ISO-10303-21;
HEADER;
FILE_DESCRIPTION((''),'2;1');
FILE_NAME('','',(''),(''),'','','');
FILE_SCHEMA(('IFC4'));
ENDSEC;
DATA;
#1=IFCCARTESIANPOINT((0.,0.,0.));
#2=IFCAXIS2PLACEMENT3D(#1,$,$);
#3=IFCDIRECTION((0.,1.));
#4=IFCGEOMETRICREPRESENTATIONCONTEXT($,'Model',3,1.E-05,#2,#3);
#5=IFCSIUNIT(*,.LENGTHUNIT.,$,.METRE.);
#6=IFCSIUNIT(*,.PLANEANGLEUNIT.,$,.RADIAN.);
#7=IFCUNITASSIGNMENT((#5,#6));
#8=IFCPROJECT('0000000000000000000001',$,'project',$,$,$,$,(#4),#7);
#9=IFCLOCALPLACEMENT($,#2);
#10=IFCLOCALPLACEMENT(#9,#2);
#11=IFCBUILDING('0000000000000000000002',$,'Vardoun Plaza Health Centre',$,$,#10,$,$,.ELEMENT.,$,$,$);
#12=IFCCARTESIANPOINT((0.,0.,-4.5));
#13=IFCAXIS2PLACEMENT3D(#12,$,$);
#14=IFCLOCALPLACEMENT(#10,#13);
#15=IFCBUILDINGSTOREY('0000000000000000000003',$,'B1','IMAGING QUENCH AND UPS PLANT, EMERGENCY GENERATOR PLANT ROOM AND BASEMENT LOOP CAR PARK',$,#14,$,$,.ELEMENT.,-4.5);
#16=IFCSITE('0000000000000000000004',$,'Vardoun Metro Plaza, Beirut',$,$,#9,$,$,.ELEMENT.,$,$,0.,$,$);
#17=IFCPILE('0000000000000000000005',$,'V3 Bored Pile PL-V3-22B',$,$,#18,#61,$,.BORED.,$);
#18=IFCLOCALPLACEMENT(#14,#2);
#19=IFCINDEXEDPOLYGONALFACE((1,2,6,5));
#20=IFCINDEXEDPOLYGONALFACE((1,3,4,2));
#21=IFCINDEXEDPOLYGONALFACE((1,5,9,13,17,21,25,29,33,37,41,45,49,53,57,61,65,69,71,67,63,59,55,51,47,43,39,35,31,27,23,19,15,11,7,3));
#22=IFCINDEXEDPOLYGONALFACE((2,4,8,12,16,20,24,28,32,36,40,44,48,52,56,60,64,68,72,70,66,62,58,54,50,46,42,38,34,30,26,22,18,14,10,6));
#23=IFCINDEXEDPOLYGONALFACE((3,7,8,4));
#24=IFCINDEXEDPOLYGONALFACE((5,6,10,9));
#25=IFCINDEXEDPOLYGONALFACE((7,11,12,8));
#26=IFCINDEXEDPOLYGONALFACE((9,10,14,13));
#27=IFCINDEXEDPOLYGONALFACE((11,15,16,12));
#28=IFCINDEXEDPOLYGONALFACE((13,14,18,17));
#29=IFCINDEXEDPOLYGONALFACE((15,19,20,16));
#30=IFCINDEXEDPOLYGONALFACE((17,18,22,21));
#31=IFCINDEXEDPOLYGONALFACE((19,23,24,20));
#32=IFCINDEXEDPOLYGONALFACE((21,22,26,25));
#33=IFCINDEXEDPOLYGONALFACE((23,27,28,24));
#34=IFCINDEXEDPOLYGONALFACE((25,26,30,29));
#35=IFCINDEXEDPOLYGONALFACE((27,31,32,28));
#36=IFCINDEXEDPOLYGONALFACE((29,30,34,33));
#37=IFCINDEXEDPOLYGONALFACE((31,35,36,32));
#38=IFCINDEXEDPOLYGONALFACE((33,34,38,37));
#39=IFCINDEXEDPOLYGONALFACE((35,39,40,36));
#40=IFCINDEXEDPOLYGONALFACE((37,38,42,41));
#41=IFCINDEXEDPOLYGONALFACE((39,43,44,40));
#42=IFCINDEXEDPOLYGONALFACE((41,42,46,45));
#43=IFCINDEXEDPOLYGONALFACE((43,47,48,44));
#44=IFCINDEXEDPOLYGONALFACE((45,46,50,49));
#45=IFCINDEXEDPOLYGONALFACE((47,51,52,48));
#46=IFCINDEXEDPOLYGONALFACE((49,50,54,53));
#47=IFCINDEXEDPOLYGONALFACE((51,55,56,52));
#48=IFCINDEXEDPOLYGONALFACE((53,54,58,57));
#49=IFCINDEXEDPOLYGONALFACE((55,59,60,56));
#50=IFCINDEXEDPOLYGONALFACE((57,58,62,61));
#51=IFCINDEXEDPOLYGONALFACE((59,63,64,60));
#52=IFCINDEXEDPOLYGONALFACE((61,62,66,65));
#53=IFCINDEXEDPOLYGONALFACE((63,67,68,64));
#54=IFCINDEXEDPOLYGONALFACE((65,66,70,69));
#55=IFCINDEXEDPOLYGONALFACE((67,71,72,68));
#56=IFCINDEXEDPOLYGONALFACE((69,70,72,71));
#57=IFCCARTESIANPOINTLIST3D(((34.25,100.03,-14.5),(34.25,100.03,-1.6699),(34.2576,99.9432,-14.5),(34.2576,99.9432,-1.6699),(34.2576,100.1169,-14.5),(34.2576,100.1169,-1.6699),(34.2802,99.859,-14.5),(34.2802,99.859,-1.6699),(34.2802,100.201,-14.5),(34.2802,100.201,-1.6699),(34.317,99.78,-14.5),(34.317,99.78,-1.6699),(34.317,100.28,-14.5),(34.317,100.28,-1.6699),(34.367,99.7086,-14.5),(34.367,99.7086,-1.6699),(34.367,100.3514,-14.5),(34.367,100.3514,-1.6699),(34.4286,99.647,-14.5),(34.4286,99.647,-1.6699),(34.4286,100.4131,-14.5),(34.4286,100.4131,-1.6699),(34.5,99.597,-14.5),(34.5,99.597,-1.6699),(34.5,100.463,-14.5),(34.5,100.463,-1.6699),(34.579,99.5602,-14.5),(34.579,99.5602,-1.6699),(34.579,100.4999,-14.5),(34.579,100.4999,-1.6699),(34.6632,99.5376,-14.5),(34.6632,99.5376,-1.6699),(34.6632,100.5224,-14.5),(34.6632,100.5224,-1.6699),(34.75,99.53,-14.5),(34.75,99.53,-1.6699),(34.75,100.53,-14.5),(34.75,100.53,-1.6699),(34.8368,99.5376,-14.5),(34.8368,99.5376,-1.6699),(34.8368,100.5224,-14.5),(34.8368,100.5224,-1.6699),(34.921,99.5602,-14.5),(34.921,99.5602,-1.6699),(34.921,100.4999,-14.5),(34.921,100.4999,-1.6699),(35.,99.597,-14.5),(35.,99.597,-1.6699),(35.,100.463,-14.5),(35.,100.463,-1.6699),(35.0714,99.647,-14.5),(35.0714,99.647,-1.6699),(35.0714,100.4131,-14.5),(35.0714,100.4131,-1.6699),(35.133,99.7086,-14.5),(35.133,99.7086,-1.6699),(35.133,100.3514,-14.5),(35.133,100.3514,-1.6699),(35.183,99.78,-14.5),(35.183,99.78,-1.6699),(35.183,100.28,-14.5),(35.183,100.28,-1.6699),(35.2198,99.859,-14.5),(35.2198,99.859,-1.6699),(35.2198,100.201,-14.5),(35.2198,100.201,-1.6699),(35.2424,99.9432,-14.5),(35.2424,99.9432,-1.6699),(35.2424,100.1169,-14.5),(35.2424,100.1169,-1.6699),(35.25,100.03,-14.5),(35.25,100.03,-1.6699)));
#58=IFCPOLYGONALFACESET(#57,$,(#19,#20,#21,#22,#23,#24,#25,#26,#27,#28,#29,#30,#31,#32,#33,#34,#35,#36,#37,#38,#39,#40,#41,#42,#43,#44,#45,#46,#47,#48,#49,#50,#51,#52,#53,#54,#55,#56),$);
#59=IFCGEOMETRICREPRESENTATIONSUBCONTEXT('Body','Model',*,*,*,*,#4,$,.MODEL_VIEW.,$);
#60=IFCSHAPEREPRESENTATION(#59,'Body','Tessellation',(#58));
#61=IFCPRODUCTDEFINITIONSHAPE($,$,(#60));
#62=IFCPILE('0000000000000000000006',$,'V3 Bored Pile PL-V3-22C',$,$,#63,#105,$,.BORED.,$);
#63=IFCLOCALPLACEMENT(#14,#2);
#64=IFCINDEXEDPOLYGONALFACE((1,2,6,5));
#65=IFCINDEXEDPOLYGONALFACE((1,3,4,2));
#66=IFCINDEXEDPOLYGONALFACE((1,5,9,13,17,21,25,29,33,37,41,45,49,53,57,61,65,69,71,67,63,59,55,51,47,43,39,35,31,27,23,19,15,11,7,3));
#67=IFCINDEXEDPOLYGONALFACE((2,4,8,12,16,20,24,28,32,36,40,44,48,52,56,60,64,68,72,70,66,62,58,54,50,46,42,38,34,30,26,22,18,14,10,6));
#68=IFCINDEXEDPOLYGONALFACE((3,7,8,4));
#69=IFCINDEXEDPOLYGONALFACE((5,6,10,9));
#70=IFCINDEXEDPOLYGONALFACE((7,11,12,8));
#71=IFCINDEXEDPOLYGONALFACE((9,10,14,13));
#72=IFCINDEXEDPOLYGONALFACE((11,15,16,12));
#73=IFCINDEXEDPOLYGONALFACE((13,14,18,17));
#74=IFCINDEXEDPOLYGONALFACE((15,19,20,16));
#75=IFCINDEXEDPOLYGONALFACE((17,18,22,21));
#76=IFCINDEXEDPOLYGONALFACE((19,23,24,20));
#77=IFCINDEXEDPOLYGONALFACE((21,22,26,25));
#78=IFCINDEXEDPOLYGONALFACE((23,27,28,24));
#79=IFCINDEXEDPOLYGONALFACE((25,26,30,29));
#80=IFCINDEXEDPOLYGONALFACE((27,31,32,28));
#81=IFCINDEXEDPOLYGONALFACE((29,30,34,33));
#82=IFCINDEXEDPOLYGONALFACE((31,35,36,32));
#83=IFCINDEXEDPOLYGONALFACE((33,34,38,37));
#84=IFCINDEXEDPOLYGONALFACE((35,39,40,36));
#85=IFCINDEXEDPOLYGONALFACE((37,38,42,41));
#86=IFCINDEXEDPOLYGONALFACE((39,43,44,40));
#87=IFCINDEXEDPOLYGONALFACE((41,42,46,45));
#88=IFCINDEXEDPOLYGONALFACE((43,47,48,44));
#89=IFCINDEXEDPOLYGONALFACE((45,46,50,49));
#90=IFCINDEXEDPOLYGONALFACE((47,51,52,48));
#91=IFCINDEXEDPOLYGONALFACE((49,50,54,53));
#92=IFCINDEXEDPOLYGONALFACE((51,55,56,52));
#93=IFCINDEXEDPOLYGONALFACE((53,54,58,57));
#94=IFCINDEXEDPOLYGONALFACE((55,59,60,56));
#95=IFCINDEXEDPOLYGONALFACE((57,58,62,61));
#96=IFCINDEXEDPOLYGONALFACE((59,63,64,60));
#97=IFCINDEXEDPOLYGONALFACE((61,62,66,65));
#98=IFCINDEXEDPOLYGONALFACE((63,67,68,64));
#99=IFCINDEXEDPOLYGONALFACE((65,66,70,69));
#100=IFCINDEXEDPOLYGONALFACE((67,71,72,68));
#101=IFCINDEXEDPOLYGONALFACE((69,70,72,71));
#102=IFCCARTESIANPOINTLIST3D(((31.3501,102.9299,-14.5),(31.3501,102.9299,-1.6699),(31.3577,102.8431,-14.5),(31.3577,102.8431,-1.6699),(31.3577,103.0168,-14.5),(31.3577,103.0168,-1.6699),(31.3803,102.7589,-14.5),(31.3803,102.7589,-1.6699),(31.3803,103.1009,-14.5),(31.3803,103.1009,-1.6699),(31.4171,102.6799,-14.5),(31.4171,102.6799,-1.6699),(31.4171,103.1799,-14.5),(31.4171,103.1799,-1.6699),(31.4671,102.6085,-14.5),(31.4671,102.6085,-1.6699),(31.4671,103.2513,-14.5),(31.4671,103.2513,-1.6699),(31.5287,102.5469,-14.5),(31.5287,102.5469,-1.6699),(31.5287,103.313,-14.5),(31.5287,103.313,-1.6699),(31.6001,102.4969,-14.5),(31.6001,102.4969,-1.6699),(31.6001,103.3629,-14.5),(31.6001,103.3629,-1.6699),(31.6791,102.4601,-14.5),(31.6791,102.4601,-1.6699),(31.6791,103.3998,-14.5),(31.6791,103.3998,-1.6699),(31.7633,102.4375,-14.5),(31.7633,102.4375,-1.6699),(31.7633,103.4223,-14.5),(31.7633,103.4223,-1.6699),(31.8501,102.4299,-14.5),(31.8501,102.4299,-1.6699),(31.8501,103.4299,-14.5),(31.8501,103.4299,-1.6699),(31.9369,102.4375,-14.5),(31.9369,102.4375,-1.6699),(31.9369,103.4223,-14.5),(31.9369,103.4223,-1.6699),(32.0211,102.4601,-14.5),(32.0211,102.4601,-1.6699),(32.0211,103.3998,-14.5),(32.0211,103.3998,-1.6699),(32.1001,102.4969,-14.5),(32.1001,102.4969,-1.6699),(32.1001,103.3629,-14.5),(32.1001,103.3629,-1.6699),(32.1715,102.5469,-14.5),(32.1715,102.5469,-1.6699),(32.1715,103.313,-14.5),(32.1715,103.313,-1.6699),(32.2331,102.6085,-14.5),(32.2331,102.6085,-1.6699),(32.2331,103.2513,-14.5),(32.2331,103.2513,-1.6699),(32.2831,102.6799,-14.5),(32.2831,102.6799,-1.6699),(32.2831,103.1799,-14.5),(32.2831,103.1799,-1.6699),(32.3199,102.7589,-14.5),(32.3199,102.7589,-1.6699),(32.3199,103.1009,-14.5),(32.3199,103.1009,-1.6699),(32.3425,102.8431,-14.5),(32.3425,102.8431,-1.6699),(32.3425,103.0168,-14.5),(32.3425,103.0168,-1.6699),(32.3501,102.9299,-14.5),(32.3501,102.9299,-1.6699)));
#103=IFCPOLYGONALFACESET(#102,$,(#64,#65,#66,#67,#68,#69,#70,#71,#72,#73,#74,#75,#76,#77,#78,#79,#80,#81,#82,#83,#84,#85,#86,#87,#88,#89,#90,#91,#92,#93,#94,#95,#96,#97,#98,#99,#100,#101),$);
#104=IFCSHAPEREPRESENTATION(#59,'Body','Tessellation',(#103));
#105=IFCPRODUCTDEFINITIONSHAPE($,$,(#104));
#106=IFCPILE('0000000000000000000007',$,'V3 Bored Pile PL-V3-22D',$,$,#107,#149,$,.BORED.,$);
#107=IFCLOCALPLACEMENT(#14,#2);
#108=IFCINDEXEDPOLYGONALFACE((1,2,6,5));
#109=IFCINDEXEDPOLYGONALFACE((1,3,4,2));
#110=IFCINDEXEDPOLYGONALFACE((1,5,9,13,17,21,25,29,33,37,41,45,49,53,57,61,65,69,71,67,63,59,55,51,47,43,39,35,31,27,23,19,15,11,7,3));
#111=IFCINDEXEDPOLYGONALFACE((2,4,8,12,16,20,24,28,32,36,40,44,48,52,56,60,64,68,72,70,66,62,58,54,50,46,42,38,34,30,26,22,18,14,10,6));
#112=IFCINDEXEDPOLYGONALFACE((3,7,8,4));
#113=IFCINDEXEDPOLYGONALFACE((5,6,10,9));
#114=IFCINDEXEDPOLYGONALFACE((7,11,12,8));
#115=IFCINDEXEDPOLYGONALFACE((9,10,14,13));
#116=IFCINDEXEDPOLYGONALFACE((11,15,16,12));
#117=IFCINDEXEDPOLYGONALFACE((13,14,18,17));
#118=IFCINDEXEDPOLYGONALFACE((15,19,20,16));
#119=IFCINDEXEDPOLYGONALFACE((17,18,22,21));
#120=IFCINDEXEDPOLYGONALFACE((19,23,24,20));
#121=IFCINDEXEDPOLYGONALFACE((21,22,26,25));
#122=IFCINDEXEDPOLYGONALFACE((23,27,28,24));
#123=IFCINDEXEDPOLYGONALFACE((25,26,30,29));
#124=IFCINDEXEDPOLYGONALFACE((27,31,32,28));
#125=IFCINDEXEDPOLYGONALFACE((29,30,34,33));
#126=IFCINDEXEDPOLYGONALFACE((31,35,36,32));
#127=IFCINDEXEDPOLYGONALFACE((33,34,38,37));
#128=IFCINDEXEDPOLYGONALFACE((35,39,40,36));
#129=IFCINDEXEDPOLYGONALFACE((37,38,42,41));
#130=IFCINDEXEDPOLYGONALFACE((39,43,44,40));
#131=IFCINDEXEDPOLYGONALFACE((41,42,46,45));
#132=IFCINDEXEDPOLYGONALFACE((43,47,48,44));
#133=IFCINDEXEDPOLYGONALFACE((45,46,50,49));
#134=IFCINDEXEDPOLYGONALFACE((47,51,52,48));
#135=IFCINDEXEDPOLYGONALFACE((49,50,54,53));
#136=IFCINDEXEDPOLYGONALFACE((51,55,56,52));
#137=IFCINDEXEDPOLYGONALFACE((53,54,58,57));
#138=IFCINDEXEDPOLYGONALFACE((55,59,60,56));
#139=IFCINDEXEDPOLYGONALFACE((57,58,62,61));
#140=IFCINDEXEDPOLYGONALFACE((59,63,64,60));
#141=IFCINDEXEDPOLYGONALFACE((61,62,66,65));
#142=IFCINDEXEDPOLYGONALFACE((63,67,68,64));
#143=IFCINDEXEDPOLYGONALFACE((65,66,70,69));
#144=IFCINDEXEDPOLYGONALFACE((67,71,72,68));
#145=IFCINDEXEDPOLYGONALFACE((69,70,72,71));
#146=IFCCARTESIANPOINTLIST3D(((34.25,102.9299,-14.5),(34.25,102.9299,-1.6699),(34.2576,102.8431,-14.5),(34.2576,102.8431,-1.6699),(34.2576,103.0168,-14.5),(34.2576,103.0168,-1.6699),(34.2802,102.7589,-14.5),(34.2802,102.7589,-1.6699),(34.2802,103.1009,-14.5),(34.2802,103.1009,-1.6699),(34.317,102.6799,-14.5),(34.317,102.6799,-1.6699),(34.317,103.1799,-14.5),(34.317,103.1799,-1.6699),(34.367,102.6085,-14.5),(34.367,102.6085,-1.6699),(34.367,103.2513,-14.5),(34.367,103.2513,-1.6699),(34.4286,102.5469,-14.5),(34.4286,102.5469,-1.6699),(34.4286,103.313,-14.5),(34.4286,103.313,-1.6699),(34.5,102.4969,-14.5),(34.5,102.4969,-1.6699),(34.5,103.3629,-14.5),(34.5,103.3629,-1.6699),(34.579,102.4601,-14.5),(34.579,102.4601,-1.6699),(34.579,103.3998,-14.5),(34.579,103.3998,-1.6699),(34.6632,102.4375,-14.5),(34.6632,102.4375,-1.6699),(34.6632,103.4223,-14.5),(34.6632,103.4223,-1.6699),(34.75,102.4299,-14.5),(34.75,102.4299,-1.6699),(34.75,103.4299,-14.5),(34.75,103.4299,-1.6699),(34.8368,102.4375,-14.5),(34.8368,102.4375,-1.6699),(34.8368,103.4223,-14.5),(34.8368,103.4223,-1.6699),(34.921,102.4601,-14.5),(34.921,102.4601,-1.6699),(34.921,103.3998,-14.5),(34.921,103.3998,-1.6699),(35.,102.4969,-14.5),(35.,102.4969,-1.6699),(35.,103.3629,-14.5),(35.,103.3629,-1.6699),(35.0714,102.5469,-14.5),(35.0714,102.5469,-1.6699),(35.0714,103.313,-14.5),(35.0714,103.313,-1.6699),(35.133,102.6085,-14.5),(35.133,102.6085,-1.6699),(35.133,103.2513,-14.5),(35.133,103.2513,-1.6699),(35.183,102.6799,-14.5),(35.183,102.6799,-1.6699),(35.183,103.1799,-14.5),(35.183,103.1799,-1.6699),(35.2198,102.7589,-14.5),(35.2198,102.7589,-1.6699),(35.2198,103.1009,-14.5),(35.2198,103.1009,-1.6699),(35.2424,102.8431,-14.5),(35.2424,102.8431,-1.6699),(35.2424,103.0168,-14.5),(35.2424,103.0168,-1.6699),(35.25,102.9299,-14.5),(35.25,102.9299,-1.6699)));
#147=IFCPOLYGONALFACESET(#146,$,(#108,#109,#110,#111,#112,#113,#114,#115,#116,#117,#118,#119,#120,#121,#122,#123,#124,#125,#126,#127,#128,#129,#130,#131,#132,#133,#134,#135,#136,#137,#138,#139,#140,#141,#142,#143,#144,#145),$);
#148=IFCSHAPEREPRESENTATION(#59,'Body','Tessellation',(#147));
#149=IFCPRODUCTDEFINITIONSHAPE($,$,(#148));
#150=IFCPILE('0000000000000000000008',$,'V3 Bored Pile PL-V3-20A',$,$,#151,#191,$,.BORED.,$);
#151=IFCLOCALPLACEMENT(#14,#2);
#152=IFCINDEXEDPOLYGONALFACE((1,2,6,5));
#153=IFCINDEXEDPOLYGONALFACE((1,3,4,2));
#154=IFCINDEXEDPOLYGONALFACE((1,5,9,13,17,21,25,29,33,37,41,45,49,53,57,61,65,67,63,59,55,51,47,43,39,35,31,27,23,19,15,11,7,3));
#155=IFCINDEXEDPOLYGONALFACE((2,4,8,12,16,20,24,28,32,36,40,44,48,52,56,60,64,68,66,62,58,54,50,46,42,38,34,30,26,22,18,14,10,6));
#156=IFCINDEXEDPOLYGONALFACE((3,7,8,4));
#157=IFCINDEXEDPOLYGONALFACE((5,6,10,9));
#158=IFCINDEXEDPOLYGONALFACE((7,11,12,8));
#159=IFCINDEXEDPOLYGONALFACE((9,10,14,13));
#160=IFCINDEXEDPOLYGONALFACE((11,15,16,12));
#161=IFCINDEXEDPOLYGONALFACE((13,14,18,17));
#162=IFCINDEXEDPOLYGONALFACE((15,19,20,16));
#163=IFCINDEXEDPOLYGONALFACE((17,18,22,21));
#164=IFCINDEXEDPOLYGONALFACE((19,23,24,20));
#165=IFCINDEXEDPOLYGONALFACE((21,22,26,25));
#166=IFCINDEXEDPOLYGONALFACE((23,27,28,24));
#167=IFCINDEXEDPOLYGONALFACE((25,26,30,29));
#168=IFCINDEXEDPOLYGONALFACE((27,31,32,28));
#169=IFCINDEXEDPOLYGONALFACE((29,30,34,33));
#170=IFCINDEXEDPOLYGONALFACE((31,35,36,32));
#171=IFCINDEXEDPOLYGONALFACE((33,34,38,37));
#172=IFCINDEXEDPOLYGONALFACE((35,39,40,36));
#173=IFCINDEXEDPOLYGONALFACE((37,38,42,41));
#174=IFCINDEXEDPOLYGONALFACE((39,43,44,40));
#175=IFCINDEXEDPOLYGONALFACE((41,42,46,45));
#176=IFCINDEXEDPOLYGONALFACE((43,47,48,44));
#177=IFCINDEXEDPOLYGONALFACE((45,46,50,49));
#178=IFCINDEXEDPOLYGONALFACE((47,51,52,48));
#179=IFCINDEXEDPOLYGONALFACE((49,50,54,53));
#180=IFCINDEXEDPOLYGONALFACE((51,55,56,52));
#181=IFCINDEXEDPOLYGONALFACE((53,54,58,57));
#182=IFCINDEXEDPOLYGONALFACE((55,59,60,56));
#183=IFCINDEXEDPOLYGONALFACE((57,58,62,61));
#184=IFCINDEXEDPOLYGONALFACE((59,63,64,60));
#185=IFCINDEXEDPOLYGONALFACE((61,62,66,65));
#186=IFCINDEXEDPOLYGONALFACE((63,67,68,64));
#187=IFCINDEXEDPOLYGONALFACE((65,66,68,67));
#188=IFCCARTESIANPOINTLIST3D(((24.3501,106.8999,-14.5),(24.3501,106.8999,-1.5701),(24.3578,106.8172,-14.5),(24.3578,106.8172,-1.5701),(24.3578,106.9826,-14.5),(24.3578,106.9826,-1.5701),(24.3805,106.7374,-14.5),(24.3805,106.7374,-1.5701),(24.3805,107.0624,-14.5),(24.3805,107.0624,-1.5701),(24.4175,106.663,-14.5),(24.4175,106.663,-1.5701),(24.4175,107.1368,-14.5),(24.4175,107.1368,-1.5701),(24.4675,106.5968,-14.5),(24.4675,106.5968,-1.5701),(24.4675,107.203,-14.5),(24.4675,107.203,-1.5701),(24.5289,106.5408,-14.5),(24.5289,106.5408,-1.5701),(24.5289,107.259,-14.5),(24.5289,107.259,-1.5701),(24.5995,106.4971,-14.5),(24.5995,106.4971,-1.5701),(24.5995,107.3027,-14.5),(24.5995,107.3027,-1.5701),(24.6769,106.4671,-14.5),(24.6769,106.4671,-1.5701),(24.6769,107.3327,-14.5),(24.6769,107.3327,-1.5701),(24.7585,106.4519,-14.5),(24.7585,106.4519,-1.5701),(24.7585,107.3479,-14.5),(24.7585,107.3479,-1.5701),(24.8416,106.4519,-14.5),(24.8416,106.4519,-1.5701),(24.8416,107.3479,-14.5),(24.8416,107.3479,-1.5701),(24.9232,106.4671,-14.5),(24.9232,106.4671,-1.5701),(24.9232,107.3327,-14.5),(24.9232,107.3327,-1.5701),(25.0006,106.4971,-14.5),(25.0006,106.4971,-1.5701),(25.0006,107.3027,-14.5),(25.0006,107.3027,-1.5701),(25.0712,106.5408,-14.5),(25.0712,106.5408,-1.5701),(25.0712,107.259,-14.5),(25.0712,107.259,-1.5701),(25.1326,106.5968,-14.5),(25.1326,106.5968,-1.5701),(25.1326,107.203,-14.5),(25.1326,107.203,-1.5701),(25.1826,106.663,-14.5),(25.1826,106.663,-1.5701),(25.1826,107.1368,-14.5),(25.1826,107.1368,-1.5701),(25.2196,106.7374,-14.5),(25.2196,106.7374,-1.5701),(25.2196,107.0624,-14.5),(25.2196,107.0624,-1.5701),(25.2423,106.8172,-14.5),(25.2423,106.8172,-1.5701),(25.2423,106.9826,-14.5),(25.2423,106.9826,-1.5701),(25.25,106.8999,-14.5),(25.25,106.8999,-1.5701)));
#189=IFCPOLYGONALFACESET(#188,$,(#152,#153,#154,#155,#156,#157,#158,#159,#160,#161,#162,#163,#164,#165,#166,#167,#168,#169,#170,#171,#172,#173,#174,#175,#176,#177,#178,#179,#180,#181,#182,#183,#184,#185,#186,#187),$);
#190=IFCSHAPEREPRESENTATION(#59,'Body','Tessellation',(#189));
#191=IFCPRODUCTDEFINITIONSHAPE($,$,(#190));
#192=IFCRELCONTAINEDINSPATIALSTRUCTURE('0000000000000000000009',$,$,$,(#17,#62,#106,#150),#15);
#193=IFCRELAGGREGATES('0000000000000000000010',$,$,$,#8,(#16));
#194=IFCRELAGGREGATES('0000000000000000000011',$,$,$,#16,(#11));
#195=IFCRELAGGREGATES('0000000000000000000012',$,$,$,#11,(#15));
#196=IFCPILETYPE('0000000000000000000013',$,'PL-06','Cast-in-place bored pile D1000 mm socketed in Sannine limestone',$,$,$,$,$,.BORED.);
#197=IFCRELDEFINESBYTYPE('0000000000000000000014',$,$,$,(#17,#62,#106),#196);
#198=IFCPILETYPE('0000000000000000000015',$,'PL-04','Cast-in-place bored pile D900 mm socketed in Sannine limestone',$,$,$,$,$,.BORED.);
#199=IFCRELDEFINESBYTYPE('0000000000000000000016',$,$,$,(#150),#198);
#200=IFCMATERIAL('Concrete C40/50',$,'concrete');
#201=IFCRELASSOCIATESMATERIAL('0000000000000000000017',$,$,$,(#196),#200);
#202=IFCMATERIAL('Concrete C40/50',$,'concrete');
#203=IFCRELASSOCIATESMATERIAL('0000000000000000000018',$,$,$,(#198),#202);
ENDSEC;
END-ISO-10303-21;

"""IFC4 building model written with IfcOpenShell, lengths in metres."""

from ifc_helpers import new_model, si_unit, direction, frame, origin, origin_2d, place, context, subcontext, project, spatial, circle, extrude, material, material_profile, profile_set, type_object, element, save


model = new_model("IFC4")

# Units and contexts
model_context = context("Model", 3, precision=1e-05, world=origin(), true_north=direction((0.0, 1.0)))
body_context = subcontext(model_context, "Body", "Model", "MODEL_VIEW")
ifc_project = project(units=[si_unit("LENGTHUNIT", "METRE"), si_unit("PLANEANGLEUNIT", "RADIAN")], contexts=[model_context])

# Site, building, storey
site_placement = place(None, origin())
site = spatial("IfcSite", under=ifc_project, at=site_placement, Name="Vardoun Metro Plaza, Beirut", CompositionType="ELEMENT", RefElevation=0.0)
building_placement = place(site_placement, origin())
building = spatial("IfcBuilding", under=site, at=building_placement, Name="Vardoun Plaza Health Centre", CompositionType="ELEMENT")
storey_placement = place(building_placement, frame((0.0, 0.0, -4.5)))
storey = spatial("IfcBuildingStorey", under=building, at=storey_placement, Name="B1", Description="IMAGING QUENCH AND UPS PLANT, EMERGENCY GENERATOR PLANT ROOM AND BASEMENT LOOP CAR PARK", CompositionType="ELEMENT", Elevation=-4.5)

# Piles
ifc_material_1 = material(Name="Concrete C40/50", Category="concrete")
ifc_material_profile_1 = material_profile(ifc_material_1, circle(Radius=0.5, at=origin_2d()), Name="PILE D1000")
ifc_profile_set_1 = profile_set([ifc_material_profile_1], Name="Concrete C40/50")
pile_type_1 = type_object("IfcPileType", Name="PL-06", Description="Cast-in-place bored pile D1000 mm socketed in Sannine limestone", PredefinedType="BORED", material=ifc_profile_set_1)
for number, where, z_axis, x_axis, name in (
    (1, (34.75, 100.03, -1.6699), (0.0, 0.0, -1.0), (1.0, 0.0, 0.0), "V3 Bored Pile PL-V3-22B"),
    (2, (31.8501, 102.9299, -1.6699), (0.0, 0.0, -1.0), (1.0, 0.0, 0.0), "V3 Bored Pile PL-V3-22C"),
    (3, (34.75, 102.9299, -1.6699), (0.0, 0.0, -1.0), (1.0, 0.0, 0.0), "V3 Bored Pile PL-V3-22D"),
):
    element("IfcPile", number, at=place(storey_placement, frame(where, z_axis=z_axis, x_axis=x_axis)), inside=storey, type_object=pile_type_1, Name=name, PredefinedType="BORED", context=body_context, shape_type="SweptSolid", body=[
        extrude(circle(Radius=0.5, at=origin_2d()), origin(), (0.0, 0.0, 1.0), 12.8301),
    ])
ifc_material_2 = material(Name="Concrete C40/50", Category="concrete")
ifc_material_profile_2 = material_profile(ifc_material_2, circle(Radius=0.45, at=origin_2d()), Name="PILE D900")
ifc_profile_set_2 = profile_set([ifc_material_profile_2], Name="Concrete C40/50")
pile_type_2 = type_object("IfcPileType", Name="PL-04", Description="Cast-in-place bored pile D900 mm socketed in Sannine limestone", PredefinedType="BORED", material=ifc_profile_set_2)
for number, where, z_axis, x_axis, name in (
    (4, (24.8, 106.8999, -1.5701), (0.0, 0.0, -1.0), (1.0, 0.0, 0.0), "V3 Bored Pile PL-V3-20A"),
):
    element("IfcPile", number, at=place(storey_placement, frame(where, z_axis=z_axis, x_axis=x_axis)), inside=storey, type_object=pile_type_2, Name=name, PredefinedType="BORED", context=body_context, shape_type="SweptSolid", body=[
        extrude(circle(Radius=0.45, at=origin_2d()), origin(), (0.0, 0.0, 1.0), 12.9299),
    ])

save(model, "model.ifc")
